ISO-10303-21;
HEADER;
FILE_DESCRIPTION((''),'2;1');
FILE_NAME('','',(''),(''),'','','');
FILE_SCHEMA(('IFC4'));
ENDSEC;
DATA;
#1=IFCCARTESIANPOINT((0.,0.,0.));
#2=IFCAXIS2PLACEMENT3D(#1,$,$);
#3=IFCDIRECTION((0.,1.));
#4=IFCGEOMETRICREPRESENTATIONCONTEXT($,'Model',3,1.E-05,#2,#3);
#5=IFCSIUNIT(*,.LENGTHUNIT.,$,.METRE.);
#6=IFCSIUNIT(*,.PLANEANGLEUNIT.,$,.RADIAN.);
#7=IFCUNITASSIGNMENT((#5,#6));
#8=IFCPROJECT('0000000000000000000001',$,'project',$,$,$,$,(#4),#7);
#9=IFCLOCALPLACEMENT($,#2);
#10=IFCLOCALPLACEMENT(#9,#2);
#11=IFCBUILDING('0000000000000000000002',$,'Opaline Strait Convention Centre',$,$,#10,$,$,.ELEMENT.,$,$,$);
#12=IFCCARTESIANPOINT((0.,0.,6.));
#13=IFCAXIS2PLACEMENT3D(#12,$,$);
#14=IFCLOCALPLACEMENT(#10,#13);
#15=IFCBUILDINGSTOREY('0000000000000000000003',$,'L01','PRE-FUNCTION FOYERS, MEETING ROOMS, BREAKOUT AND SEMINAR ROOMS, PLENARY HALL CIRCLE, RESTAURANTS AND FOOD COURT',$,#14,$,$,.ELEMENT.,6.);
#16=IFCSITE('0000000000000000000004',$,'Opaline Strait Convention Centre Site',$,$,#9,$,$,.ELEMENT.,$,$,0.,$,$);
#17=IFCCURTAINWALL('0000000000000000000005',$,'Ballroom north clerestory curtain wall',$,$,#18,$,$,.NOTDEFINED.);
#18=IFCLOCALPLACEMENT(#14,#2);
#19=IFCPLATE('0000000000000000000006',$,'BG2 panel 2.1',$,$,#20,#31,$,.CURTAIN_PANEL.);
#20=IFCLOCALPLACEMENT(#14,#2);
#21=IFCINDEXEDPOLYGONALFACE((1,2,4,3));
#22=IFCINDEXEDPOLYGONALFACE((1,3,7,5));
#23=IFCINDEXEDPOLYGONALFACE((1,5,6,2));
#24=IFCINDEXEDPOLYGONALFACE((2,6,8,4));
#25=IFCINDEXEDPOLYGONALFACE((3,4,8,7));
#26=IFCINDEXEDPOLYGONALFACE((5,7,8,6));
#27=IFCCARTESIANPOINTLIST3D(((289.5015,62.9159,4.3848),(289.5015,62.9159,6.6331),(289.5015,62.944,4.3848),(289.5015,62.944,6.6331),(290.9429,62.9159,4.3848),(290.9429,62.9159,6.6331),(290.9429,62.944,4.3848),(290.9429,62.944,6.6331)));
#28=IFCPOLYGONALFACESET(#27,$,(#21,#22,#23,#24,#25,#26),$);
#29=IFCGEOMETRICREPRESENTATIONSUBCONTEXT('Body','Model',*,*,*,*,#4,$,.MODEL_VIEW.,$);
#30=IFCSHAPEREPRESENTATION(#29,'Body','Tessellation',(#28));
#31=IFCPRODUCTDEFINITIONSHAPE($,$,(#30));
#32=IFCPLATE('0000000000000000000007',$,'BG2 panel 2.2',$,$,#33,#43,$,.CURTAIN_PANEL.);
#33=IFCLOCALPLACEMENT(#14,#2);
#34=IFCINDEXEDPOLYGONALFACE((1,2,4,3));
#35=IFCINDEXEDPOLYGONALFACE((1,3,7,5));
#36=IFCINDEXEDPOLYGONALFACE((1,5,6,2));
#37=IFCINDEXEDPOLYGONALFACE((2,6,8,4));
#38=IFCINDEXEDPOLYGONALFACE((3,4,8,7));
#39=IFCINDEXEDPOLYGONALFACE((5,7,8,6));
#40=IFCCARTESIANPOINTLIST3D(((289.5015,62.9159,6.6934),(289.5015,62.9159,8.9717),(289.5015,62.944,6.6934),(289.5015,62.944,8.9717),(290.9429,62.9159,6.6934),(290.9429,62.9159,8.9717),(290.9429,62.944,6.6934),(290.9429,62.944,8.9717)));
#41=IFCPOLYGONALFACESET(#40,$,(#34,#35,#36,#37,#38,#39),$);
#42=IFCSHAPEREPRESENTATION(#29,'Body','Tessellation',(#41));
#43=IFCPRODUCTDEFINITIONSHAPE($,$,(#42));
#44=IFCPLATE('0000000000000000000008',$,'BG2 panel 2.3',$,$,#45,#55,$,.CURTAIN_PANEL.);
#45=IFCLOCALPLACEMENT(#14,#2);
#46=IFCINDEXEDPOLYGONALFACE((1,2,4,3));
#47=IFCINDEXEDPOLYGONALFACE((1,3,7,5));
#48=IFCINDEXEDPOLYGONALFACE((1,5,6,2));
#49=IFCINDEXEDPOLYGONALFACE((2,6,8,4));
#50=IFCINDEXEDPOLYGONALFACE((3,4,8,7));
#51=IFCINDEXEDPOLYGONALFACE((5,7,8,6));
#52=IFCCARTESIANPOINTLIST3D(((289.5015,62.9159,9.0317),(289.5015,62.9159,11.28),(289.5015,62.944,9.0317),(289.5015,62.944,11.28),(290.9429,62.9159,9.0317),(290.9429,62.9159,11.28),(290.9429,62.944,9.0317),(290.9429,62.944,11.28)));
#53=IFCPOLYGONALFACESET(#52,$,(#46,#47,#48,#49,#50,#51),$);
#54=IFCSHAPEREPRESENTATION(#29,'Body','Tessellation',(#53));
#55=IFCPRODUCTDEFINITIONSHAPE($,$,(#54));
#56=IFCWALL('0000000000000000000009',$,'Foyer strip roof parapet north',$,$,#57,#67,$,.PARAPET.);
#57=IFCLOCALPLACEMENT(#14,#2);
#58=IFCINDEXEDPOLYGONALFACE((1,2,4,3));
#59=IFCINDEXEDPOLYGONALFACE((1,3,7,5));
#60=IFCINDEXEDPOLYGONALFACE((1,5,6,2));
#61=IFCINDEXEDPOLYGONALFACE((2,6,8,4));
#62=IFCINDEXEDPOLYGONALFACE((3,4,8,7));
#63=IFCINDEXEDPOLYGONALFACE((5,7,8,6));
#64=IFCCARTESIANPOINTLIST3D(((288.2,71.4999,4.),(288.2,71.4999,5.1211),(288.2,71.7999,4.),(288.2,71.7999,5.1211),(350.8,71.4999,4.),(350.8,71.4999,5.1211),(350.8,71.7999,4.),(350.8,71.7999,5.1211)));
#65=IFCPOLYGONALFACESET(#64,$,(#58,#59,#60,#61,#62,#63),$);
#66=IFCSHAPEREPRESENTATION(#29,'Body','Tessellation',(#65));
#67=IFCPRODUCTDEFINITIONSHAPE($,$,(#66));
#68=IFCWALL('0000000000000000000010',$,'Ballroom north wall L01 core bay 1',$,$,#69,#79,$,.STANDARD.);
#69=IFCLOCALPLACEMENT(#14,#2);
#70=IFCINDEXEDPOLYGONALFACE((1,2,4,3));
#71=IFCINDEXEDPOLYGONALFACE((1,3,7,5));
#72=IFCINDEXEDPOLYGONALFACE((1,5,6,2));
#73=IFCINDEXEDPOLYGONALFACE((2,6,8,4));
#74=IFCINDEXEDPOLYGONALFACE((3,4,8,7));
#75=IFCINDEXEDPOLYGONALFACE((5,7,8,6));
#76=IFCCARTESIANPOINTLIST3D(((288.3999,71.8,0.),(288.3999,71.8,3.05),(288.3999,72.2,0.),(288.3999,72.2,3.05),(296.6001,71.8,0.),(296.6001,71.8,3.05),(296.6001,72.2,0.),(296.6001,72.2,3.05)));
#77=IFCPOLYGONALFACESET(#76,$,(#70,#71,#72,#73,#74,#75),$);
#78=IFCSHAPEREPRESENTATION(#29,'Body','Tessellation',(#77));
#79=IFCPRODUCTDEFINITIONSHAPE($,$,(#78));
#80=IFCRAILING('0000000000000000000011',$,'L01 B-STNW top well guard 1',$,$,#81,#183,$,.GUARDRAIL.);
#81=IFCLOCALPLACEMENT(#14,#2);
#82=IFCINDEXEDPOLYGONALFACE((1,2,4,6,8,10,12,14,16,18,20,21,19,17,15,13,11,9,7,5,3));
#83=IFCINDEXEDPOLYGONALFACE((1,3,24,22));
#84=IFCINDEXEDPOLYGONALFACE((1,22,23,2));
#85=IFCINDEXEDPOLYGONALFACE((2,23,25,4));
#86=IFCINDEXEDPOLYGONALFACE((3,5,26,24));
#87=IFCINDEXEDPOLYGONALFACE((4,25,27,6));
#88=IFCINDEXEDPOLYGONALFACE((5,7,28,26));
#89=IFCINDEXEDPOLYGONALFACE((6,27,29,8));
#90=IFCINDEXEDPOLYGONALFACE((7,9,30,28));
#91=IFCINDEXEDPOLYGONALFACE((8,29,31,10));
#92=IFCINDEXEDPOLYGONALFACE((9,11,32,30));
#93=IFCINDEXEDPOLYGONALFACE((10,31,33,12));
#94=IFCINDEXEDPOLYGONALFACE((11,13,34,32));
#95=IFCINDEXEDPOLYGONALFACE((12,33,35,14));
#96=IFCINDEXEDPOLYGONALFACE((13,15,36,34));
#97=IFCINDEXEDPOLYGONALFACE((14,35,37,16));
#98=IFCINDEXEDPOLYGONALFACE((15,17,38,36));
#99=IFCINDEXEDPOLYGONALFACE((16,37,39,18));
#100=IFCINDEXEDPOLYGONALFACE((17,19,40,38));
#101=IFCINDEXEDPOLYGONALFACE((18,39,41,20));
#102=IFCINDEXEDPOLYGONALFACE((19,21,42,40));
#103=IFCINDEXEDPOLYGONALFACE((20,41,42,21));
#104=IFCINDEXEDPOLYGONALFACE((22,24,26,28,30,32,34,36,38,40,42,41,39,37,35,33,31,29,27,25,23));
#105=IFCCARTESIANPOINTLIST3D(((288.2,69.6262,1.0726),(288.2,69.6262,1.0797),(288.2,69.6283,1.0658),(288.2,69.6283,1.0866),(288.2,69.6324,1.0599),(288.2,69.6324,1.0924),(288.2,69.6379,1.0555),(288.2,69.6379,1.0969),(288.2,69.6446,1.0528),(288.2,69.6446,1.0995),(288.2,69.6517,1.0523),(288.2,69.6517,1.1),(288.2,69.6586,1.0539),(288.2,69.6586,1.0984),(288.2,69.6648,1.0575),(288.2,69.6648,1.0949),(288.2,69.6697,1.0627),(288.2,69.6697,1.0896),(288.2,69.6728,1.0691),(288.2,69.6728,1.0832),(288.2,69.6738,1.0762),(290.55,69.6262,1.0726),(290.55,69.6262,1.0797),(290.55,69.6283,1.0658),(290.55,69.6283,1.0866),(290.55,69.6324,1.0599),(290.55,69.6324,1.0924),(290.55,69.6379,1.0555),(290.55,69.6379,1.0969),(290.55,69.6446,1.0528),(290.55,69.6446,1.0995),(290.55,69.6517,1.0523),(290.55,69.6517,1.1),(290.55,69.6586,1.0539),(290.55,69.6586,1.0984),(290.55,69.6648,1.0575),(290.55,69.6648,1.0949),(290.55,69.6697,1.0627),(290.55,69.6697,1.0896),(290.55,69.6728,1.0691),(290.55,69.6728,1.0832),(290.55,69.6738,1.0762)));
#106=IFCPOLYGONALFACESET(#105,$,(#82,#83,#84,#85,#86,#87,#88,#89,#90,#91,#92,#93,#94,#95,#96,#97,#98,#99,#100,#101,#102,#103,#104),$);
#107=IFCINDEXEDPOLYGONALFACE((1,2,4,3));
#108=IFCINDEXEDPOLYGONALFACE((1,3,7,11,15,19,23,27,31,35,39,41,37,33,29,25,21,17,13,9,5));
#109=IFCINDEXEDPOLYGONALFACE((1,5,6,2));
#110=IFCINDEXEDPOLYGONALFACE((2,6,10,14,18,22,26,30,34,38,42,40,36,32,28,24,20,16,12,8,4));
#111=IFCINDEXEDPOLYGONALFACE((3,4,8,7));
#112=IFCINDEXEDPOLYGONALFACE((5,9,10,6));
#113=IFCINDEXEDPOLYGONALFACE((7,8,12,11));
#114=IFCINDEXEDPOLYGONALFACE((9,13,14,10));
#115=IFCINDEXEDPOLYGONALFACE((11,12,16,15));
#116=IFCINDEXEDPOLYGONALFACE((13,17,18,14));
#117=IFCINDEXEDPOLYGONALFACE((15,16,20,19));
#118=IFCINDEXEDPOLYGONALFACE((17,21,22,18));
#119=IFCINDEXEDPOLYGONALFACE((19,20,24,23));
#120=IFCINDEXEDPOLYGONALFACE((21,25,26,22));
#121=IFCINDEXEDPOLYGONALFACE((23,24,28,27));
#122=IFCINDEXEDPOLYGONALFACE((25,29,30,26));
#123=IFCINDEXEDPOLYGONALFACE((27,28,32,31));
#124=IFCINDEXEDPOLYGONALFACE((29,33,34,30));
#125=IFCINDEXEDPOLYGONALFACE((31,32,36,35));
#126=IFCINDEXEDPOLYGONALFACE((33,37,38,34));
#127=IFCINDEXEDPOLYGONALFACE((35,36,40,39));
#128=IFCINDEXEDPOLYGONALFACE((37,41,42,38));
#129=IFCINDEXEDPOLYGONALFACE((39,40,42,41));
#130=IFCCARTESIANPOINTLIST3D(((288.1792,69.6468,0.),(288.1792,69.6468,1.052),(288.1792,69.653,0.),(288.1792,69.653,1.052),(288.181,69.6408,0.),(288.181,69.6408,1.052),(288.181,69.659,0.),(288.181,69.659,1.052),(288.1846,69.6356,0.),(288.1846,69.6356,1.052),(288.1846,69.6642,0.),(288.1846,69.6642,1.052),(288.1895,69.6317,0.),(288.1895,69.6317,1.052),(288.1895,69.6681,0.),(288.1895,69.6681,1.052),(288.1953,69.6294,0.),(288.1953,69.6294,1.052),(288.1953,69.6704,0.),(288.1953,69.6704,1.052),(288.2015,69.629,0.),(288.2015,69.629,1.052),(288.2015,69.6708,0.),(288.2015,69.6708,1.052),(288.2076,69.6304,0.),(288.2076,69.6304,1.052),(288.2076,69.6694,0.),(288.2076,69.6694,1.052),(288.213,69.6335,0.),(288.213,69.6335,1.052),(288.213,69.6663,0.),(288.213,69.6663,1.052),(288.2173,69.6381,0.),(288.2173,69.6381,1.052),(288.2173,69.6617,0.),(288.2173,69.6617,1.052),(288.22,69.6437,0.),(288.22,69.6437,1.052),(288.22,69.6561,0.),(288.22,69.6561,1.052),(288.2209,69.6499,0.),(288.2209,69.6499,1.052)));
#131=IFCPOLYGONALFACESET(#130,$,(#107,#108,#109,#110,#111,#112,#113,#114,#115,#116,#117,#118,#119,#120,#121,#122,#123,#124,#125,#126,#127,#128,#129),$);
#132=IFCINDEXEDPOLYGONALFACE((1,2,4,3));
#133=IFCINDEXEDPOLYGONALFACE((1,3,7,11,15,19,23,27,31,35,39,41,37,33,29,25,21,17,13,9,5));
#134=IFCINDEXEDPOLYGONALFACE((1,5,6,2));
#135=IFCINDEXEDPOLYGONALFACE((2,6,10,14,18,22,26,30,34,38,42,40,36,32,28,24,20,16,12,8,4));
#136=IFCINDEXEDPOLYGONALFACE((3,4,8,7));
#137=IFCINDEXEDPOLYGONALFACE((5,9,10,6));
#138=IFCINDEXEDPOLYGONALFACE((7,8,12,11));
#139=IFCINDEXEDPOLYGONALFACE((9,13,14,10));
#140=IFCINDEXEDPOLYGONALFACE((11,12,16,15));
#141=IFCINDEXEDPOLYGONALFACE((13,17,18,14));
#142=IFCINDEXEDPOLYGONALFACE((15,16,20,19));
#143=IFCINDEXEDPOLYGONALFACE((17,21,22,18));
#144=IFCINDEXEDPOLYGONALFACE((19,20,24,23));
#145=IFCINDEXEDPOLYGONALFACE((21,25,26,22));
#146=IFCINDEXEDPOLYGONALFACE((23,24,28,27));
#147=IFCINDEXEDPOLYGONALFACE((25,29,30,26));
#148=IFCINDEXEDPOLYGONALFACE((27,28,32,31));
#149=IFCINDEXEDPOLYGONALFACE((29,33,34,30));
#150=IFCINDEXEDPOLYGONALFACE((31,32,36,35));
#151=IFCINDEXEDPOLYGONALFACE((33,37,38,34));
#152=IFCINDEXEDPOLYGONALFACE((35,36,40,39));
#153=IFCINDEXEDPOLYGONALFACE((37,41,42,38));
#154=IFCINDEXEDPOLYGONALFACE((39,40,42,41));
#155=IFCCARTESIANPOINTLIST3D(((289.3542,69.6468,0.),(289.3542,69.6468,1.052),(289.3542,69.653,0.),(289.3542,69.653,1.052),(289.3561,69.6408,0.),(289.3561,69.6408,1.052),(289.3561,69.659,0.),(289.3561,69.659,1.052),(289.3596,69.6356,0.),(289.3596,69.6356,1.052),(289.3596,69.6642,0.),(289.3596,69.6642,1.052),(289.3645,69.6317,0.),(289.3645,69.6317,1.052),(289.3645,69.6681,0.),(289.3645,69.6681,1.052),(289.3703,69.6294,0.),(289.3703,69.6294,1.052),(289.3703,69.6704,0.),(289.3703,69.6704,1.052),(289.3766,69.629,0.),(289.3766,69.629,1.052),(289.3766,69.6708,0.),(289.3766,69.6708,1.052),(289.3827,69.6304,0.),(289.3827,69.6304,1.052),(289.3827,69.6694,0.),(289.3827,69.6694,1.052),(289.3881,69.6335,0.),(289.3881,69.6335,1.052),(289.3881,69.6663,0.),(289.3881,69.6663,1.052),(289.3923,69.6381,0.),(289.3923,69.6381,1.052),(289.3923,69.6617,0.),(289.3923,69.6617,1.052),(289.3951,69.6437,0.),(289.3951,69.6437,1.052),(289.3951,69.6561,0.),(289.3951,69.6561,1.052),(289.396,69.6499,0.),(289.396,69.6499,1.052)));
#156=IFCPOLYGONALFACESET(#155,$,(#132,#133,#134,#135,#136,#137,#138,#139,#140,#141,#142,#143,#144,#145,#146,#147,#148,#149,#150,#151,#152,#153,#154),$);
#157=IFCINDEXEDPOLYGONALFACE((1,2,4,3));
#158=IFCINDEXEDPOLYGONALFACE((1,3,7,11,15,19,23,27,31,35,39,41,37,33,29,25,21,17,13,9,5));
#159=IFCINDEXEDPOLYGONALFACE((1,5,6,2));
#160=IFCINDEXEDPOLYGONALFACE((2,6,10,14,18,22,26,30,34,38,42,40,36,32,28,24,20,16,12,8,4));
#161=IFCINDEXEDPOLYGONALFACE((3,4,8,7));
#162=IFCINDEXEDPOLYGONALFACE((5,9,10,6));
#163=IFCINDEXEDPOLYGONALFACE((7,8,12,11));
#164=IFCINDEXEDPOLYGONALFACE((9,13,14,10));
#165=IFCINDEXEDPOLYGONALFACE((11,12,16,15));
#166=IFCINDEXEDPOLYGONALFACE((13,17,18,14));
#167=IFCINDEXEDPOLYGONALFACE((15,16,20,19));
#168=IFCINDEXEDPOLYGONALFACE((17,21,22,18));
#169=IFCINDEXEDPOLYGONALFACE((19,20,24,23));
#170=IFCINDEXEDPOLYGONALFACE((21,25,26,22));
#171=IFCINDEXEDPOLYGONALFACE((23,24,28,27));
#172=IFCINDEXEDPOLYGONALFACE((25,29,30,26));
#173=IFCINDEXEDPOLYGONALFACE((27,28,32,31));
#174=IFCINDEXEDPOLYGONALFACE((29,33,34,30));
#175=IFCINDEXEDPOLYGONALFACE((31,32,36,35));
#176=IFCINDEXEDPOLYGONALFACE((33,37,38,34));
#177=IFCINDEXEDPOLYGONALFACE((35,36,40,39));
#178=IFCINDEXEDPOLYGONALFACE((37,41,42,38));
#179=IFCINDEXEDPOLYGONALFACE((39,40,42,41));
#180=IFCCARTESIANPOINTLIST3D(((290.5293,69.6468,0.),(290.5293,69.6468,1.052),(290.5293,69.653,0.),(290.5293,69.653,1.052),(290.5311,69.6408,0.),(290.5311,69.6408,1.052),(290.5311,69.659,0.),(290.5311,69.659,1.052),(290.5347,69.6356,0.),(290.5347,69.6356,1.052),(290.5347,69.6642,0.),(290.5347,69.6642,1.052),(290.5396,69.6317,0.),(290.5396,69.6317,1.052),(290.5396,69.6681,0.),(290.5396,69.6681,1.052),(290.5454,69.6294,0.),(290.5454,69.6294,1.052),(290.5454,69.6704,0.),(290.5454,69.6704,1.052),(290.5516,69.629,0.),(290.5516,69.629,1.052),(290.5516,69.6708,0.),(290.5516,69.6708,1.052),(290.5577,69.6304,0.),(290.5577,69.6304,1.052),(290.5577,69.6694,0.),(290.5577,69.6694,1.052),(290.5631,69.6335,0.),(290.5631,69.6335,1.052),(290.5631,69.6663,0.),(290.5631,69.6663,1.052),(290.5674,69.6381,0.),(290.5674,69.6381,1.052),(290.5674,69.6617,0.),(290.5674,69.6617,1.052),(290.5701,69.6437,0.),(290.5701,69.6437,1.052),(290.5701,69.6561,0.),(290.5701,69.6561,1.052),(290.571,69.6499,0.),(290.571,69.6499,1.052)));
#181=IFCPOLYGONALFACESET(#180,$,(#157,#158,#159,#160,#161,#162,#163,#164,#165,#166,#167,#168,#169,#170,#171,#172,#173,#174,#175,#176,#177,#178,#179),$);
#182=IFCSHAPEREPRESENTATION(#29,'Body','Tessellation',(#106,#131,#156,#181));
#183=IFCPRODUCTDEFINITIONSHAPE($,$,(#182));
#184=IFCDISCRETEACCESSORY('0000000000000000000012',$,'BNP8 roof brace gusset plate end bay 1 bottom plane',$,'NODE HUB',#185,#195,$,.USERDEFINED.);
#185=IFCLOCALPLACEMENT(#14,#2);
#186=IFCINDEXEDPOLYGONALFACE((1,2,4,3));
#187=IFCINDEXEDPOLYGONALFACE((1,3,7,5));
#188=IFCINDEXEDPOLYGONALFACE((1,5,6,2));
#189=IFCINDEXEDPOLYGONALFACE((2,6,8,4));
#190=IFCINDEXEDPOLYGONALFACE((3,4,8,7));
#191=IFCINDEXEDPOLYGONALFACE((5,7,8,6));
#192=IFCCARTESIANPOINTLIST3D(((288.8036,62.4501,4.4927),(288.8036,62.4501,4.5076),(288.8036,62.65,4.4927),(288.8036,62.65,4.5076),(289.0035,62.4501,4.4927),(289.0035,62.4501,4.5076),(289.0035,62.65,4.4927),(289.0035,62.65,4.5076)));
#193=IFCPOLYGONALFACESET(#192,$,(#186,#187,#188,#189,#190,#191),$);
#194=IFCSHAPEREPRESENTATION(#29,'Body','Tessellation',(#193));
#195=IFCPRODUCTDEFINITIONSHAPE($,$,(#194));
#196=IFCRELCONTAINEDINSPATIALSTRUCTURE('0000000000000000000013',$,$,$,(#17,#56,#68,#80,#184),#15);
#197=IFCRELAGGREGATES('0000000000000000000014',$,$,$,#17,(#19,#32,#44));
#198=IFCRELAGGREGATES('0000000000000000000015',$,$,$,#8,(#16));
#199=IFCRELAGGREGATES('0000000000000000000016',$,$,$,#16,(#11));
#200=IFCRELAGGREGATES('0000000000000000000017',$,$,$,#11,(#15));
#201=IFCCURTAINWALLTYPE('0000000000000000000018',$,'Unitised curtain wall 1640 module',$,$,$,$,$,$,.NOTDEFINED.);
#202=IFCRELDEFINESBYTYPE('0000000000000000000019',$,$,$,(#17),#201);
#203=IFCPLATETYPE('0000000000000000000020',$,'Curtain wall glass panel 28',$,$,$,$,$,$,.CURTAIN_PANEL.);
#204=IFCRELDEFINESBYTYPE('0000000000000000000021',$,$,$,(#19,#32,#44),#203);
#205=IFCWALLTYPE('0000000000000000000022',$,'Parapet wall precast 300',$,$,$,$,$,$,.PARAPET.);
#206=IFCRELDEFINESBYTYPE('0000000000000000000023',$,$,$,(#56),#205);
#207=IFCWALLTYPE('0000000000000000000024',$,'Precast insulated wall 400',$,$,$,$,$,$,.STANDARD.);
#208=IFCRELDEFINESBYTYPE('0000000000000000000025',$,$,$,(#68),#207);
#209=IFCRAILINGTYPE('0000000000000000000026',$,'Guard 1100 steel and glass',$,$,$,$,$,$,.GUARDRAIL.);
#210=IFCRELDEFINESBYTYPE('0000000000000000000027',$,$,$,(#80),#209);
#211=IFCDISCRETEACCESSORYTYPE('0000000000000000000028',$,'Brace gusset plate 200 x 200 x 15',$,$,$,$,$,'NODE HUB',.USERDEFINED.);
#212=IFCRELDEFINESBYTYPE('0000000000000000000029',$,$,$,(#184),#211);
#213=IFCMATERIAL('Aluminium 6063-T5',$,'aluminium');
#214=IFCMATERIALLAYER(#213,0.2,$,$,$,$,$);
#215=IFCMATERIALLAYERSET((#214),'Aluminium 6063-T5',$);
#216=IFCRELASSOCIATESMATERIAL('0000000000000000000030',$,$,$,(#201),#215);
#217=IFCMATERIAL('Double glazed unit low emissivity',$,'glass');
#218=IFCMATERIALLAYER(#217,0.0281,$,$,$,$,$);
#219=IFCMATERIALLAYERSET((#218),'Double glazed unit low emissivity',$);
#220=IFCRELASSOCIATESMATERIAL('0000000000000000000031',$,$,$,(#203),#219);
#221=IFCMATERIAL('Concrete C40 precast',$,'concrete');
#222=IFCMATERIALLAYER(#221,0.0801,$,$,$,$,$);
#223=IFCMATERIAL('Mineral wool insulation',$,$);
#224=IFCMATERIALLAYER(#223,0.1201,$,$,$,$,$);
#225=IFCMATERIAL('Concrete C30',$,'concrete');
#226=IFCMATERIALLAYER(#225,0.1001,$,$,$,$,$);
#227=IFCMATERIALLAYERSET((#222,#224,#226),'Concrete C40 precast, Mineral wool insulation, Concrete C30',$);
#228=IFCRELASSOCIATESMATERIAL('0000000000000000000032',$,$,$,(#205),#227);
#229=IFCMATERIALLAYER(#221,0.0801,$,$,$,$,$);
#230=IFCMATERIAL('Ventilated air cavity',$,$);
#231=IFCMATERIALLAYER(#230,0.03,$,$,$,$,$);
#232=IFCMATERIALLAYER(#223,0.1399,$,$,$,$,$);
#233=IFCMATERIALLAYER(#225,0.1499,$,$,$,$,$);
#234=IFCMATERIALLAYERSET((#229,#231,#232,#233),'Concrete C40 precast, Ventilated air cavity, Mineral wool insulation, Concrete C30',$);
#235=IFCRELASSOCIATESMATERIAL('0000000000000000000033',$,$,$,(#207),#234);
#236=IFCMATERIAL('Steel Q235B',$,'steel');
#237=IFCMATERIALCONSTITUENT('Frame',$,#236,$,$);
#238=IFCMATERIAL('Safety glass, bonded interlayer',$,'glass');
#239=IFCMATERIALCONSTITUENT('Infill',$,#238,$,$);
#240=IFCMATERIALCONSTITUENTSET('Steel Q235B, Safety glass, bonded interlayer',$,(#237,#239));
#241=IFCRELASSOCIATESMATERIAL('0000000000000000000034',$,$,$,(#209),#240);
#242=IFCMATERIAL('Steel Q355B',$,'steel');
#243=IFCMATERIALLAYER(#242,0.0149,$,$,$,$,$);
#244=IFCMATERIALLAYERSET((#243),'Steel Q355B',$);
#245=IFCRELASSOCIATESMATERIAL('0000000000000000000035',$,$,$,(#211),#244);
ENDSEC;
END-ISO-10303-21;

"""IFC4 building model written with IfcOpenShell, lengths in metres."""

from ifc_helpers import new_model, si_unit, direction, frame, frame_2d, origin, origin_2d, place, context, subcontext, project, spatial, rectangle, circle, extrude, material, layer, layer_set, constituent, constituent_set, type_object, element, aggregate, save


model = new_model("IFC4")

# Units and contexts
model_context = context("Model", 3, precision=1e-05, world=origin(), true_north=direction((0.0, 1.0)))
body_context = subcontext(model_context, "Body", "Model", "MODEL_VIEW")
ifc_project = project(units=[si_unit("LENGTHUNIT", "METRE"), si_unit("PLANEANGLEUNIT", "RADIAN")], contexts=[model_context])

# Site, building, storey
site_placement = place(None, origin())
site = spatial("IfcSite", under=ifc_project, at=site_placement, Name="Opaline Strait Convention Centre Site", CompositionType="ELEMENT", RefElevation=0.0)
building_placement = place(site_placement, origin())
building = spatial("IfcBuilding", under=site, at=building_placement, Name="Opaline Strait Convention Centre", CompositionType="ELEMENT")
storey_placement = place(building_placement, frame((0.0, 0.0, 6.0)))
storey = spatial("IfcBuildingStorey", under=building, at=storey_placement, Name="L01", Description="PRE-FUNCTION FOYERS, MEETING ROOMS, BREAKOUT AND SEMINAR ROOMS, PLENARY HALL CIRCLE, RESTAURANTS AND FOOD COURT", CompositionType="ELEMENT", Elevation=6.0)

# Curtain wall
ifc_material_1 = material(Name="Aluminium 6063-T5", Category="aluminium")
ifc_layer_1 = layer(ifc_material_1, 0.2)
ifc_layer_set_1 = layer_set([ifc_layer_1], Name="Aluminium 6063-T5")
curtain_wall_type = type_object("IfcCurtainWallType", Name="Unitised curtain wall 1640 module", PredefinedType="NOTDEFINED", material=ifc_layer_set_1)
curtain_wall_placement = place(storey_placement, origin())
curtain_wall = element("IfcCurtainWall", 1, at=curtain_wall_placement, inside=storey, type_object=curtain_wall_type, Name="Ballroom north clerestory curtain wall", PredefinedType="NOTDEFINED")

# Shared definitions
ifc_material_2 = material(Name="Steel Q355B", Category="steel")

# Plates
ifc_material_3 = material(Name="Double glazed unit low emissivity", Category="glass")
ifc_layer_2 = layer(ifc_material_3, 0.0281)
ifc_layer_set_2 = layer_set([ifc_layer_2], Name="Double glazed unit low emissivity")
plate_type = type_object("IfcPlateType", Name="Curtain wall glass panel 28", PredefinedType="CURTAIN_PANEL", material=ifc_layer_set_2)
plate_1_placement = place(storey_placement, frame((290.2222, 62.9299, 4.3848), z_axis=(0.0, 0.0, 1.0), x_axis=(1.0, 0.0, 0.0)))
plate_1 = element("IfcPlate", 2, at=plate_1_placement, type_object=plate_type, Name="BG2 panel 2.1", PredefinedType="CURTAIN_PANEL", context=body_context, shape_type="SweptSolid", body=[
    extrude(rectangle(XDim=1.4414, YDim=0.0281, at=origin_2d()), origin(), (0.0, 0.0, 1.0), 2.2483),
])
plate_2_placement = place(storey_placement, frame((290.2222, 62.9299, 6.6934), z_axis=(0.0, 0.0, 1.0), x_axis=(1.0, 0.0, 0.0)))
plate_2 = element("IfcPlate", 3, at=plate_2_placement, type_object=plate_type, Name="BG2 panel 2.2", PredefinedType="CURTAIN_PANEL", context=body_context, shape_type="SweptSolid", body=[
    extrude(rectangle(XDim=1.4414, YDim=0.0281, at=origin_2d()), origin(), (0.0, 0.0, 1.0), 2.2783),
])
plate_3_placement = place(storey_placement, frame((290.2222, 62.9299, 9.0317), z_axis=(0.0, 0.0, 1.0), x_axis=(1.0, 0.0, 0.0)))
plate_3 = element("IfcPlate", 4, at=plate_3_placement, type_object=plate_type, Name="BG2 panel 2.3", PredefinedType="CURTAIN_PANEL", context=body_context, shape_type="SweptSolid", body=[
    extrude(rectangle(XDim=1.4414, YDim=0.0281, at=origin_2d()), origin(), (0.0, 0.0, 1.0), 2.2483),
])
aggregate(curtain_wall, [plate_1, plate_2, plate_3])

# Walls
ifc_material_4 = material(Name="Concrete C40 precast", Category="concrete")
ifc_layer_3 = layer(ifc_material_4, 0.0801)
ifc_material_5 = material(Name="Mineral wool insulation")
ifc_layer_4 = layer(ifc_material_5, 0.1201)
ifc_material_6 = material(Name="Concrete C30", Category="concrete")
ifc_layer_5 = layer(ifc_material_6, 0.1001)
ifc_layer_set_3 = layer_set([ifc_layer_3, ifc_layer_4, ifc_layer_5], Name="Concrete C40 precast, Mineral wool insulation, Concrete C30")
wall_type_1 = type_object("IfcWallType", Name="Parapet wall precast 300", PredefinedType="PARAPET", material=ifc_layer_set_3)
wall_1_placement = place(storey_placement, frame((288.2, 71.6499, 4.0), z_axis=(0.0, 0.0, 1.0), x_axis=(1.0, 0.0, 0.0)))
element("IfcWall", 5, at=wall_1_placement, inside=storey, type_object=wall_type_1, Name="Foyer strip roof parapet north", PredefinedType="PARAPET", context=body_context, shape_type="SweptSolid", body=[
    extrude(rectangle(XDim=62.6001, YDim=0.3, at=frame_2d((31.3, 0.0))), origin(), (0.0, 0.0, 1.0), 1.1211),
])
ifc_layer_6 = layer(ifc_material_4, 0.0801)
ifc_material_7 = material(Name="Ventilated air cavity")
ifc_layer_7 = layer(ifc_material_7, 0.03)
ifc_layer_8 = layer(ifc_material_5, 0.1399)
ifc_layer_9 = layer(ifc_material_6, 0.1499)
ifc_layer_set_4 = layer_set([ifc_layer_6, ifc_layer_7, ifc_layer_8, ifc_layer_9], Name="Concrete C40 precast, Ventilated air cavity, Mineral wool insulation, Concrete C30")
wall_type_2 = type_object("IfcWallType", Name="Precast insulated wall 400", PredefinedType="STANDARD", material=ifc_layer_set_4)
wall_2_placement = place(storey_placement, frame((288.3999, 72.0, 0.0), z_axis=(0.0, 0.0, 1.0), x_axis=(1.0, 0.0, 0.0)))
element("IfcWall", 6, at=wall_2_placement, inside=storey, type_object=wall_type_2, Name="Ballroom north wall L01 core bay 1", PredefinedType="STANDARD", context=body_context, shape_type="SweptSolid", body=[
    extrude(rectangle(XDim=8.2002, YDim=0.3999, at=frame_2d((4.1001, 0.0))), origin(), (0.0, 0.0, 1.0), 3.05),
])

# Railing
ifc_material_8 = material(Name="Steel Q235B", Category="steel")
ifc_constituent_1 = constituent(ifc_material_8, Name="Frame")
ifc_material_9 = material(Name="Safety glass, bonded interlayer", Category="glass")
ifc_constituent_2 = constituent(ifc_material_9, Name="Infill")
ifc_constituent_set = constituent_set(constituents=[ifc_constituent_1, ifc_constituent_2], Name="Steel Q235B, Safety glass, bonded interlayer")
railing_type = type_object("IfcRailingType", Name="Guard 1100 steel and glass", PredefinedType="GUARDRAIL", material=ifc_constituent_set)
railing_placement = place(storey_placement, frame((288.2, 69.6499, 0.0)))
element("IfcRailing", 7, at=railing_placement, inside=storey, type_object=railing_type, Name="L01 B-STNW top well guard 1", PredefinedType="GUARDRAIL", context=body_context, shape_type="SweptSolid", body=[
    extrude(circle(Radius=0.0239, at=origin_2d()), frame((0.0, 0.0, 1.0762), z_axis=(1.0, 0.0, 0.0), x_axis=(0.0, 1.0, 0.0)), (0.0, 0.0, 1.0), 2.3501),
    extrude(circle(Radius=0.021, at=origin_2d()), origin(), (0.0, 0.0, 1.0), 1.052),
    extrude(circle(Radius=0.021, at=origin_2d()), frame((1.175, 0.0, 0.0)), (0.0, 0.0, 1.0), 1.052),
    extrude(circle(Radius=0.021, at=origin_2d()), frame((2.3501, 0.0, 0.0)), (0.0, 0.0, 1.0), 1.052),
])

# Discrete accessory
ifc_layer_10 = layer(ifc_material_2, 0.0149)
ifc_layer_set_5 = layer_set([ifc_layer_10], Name="Steel Q355B")
discrete_accessory_type_1 = type_object("IfcDiscreteAccessoryType", Name="Brace gusset plate 200 x 200 x 15", ElementType="NODE HUB", PredefinedType="USERDEFINED", material=ifc_layer_set_5)
discrete_accessory_placement = place(storey_placement, frame((288.9036, 62.55, 4.4927), z_axis=(0.0, 0.0, 1.0), x_axis=(1.0, 0.0, 0.0)))
element("IfcDiscreteAccessory", 8, at=discrete_accessory_placement, inside=storey, type_object=discrete_accessory_type_1, Name="BNP8 roof brace gusset plate end bay 1 bottom plane", ObjectType="NODE HUB", PredefinedType="USERDEFINED", context=body_context, shape_type="SweptSolid", body=[
    extrude(rectangle(XDim=0.2, YDim=0.2, at=origin_2d()), origin(), (0.0, 0.0, 1.0), 0.0149),
])

save(model, "model.ifc")
